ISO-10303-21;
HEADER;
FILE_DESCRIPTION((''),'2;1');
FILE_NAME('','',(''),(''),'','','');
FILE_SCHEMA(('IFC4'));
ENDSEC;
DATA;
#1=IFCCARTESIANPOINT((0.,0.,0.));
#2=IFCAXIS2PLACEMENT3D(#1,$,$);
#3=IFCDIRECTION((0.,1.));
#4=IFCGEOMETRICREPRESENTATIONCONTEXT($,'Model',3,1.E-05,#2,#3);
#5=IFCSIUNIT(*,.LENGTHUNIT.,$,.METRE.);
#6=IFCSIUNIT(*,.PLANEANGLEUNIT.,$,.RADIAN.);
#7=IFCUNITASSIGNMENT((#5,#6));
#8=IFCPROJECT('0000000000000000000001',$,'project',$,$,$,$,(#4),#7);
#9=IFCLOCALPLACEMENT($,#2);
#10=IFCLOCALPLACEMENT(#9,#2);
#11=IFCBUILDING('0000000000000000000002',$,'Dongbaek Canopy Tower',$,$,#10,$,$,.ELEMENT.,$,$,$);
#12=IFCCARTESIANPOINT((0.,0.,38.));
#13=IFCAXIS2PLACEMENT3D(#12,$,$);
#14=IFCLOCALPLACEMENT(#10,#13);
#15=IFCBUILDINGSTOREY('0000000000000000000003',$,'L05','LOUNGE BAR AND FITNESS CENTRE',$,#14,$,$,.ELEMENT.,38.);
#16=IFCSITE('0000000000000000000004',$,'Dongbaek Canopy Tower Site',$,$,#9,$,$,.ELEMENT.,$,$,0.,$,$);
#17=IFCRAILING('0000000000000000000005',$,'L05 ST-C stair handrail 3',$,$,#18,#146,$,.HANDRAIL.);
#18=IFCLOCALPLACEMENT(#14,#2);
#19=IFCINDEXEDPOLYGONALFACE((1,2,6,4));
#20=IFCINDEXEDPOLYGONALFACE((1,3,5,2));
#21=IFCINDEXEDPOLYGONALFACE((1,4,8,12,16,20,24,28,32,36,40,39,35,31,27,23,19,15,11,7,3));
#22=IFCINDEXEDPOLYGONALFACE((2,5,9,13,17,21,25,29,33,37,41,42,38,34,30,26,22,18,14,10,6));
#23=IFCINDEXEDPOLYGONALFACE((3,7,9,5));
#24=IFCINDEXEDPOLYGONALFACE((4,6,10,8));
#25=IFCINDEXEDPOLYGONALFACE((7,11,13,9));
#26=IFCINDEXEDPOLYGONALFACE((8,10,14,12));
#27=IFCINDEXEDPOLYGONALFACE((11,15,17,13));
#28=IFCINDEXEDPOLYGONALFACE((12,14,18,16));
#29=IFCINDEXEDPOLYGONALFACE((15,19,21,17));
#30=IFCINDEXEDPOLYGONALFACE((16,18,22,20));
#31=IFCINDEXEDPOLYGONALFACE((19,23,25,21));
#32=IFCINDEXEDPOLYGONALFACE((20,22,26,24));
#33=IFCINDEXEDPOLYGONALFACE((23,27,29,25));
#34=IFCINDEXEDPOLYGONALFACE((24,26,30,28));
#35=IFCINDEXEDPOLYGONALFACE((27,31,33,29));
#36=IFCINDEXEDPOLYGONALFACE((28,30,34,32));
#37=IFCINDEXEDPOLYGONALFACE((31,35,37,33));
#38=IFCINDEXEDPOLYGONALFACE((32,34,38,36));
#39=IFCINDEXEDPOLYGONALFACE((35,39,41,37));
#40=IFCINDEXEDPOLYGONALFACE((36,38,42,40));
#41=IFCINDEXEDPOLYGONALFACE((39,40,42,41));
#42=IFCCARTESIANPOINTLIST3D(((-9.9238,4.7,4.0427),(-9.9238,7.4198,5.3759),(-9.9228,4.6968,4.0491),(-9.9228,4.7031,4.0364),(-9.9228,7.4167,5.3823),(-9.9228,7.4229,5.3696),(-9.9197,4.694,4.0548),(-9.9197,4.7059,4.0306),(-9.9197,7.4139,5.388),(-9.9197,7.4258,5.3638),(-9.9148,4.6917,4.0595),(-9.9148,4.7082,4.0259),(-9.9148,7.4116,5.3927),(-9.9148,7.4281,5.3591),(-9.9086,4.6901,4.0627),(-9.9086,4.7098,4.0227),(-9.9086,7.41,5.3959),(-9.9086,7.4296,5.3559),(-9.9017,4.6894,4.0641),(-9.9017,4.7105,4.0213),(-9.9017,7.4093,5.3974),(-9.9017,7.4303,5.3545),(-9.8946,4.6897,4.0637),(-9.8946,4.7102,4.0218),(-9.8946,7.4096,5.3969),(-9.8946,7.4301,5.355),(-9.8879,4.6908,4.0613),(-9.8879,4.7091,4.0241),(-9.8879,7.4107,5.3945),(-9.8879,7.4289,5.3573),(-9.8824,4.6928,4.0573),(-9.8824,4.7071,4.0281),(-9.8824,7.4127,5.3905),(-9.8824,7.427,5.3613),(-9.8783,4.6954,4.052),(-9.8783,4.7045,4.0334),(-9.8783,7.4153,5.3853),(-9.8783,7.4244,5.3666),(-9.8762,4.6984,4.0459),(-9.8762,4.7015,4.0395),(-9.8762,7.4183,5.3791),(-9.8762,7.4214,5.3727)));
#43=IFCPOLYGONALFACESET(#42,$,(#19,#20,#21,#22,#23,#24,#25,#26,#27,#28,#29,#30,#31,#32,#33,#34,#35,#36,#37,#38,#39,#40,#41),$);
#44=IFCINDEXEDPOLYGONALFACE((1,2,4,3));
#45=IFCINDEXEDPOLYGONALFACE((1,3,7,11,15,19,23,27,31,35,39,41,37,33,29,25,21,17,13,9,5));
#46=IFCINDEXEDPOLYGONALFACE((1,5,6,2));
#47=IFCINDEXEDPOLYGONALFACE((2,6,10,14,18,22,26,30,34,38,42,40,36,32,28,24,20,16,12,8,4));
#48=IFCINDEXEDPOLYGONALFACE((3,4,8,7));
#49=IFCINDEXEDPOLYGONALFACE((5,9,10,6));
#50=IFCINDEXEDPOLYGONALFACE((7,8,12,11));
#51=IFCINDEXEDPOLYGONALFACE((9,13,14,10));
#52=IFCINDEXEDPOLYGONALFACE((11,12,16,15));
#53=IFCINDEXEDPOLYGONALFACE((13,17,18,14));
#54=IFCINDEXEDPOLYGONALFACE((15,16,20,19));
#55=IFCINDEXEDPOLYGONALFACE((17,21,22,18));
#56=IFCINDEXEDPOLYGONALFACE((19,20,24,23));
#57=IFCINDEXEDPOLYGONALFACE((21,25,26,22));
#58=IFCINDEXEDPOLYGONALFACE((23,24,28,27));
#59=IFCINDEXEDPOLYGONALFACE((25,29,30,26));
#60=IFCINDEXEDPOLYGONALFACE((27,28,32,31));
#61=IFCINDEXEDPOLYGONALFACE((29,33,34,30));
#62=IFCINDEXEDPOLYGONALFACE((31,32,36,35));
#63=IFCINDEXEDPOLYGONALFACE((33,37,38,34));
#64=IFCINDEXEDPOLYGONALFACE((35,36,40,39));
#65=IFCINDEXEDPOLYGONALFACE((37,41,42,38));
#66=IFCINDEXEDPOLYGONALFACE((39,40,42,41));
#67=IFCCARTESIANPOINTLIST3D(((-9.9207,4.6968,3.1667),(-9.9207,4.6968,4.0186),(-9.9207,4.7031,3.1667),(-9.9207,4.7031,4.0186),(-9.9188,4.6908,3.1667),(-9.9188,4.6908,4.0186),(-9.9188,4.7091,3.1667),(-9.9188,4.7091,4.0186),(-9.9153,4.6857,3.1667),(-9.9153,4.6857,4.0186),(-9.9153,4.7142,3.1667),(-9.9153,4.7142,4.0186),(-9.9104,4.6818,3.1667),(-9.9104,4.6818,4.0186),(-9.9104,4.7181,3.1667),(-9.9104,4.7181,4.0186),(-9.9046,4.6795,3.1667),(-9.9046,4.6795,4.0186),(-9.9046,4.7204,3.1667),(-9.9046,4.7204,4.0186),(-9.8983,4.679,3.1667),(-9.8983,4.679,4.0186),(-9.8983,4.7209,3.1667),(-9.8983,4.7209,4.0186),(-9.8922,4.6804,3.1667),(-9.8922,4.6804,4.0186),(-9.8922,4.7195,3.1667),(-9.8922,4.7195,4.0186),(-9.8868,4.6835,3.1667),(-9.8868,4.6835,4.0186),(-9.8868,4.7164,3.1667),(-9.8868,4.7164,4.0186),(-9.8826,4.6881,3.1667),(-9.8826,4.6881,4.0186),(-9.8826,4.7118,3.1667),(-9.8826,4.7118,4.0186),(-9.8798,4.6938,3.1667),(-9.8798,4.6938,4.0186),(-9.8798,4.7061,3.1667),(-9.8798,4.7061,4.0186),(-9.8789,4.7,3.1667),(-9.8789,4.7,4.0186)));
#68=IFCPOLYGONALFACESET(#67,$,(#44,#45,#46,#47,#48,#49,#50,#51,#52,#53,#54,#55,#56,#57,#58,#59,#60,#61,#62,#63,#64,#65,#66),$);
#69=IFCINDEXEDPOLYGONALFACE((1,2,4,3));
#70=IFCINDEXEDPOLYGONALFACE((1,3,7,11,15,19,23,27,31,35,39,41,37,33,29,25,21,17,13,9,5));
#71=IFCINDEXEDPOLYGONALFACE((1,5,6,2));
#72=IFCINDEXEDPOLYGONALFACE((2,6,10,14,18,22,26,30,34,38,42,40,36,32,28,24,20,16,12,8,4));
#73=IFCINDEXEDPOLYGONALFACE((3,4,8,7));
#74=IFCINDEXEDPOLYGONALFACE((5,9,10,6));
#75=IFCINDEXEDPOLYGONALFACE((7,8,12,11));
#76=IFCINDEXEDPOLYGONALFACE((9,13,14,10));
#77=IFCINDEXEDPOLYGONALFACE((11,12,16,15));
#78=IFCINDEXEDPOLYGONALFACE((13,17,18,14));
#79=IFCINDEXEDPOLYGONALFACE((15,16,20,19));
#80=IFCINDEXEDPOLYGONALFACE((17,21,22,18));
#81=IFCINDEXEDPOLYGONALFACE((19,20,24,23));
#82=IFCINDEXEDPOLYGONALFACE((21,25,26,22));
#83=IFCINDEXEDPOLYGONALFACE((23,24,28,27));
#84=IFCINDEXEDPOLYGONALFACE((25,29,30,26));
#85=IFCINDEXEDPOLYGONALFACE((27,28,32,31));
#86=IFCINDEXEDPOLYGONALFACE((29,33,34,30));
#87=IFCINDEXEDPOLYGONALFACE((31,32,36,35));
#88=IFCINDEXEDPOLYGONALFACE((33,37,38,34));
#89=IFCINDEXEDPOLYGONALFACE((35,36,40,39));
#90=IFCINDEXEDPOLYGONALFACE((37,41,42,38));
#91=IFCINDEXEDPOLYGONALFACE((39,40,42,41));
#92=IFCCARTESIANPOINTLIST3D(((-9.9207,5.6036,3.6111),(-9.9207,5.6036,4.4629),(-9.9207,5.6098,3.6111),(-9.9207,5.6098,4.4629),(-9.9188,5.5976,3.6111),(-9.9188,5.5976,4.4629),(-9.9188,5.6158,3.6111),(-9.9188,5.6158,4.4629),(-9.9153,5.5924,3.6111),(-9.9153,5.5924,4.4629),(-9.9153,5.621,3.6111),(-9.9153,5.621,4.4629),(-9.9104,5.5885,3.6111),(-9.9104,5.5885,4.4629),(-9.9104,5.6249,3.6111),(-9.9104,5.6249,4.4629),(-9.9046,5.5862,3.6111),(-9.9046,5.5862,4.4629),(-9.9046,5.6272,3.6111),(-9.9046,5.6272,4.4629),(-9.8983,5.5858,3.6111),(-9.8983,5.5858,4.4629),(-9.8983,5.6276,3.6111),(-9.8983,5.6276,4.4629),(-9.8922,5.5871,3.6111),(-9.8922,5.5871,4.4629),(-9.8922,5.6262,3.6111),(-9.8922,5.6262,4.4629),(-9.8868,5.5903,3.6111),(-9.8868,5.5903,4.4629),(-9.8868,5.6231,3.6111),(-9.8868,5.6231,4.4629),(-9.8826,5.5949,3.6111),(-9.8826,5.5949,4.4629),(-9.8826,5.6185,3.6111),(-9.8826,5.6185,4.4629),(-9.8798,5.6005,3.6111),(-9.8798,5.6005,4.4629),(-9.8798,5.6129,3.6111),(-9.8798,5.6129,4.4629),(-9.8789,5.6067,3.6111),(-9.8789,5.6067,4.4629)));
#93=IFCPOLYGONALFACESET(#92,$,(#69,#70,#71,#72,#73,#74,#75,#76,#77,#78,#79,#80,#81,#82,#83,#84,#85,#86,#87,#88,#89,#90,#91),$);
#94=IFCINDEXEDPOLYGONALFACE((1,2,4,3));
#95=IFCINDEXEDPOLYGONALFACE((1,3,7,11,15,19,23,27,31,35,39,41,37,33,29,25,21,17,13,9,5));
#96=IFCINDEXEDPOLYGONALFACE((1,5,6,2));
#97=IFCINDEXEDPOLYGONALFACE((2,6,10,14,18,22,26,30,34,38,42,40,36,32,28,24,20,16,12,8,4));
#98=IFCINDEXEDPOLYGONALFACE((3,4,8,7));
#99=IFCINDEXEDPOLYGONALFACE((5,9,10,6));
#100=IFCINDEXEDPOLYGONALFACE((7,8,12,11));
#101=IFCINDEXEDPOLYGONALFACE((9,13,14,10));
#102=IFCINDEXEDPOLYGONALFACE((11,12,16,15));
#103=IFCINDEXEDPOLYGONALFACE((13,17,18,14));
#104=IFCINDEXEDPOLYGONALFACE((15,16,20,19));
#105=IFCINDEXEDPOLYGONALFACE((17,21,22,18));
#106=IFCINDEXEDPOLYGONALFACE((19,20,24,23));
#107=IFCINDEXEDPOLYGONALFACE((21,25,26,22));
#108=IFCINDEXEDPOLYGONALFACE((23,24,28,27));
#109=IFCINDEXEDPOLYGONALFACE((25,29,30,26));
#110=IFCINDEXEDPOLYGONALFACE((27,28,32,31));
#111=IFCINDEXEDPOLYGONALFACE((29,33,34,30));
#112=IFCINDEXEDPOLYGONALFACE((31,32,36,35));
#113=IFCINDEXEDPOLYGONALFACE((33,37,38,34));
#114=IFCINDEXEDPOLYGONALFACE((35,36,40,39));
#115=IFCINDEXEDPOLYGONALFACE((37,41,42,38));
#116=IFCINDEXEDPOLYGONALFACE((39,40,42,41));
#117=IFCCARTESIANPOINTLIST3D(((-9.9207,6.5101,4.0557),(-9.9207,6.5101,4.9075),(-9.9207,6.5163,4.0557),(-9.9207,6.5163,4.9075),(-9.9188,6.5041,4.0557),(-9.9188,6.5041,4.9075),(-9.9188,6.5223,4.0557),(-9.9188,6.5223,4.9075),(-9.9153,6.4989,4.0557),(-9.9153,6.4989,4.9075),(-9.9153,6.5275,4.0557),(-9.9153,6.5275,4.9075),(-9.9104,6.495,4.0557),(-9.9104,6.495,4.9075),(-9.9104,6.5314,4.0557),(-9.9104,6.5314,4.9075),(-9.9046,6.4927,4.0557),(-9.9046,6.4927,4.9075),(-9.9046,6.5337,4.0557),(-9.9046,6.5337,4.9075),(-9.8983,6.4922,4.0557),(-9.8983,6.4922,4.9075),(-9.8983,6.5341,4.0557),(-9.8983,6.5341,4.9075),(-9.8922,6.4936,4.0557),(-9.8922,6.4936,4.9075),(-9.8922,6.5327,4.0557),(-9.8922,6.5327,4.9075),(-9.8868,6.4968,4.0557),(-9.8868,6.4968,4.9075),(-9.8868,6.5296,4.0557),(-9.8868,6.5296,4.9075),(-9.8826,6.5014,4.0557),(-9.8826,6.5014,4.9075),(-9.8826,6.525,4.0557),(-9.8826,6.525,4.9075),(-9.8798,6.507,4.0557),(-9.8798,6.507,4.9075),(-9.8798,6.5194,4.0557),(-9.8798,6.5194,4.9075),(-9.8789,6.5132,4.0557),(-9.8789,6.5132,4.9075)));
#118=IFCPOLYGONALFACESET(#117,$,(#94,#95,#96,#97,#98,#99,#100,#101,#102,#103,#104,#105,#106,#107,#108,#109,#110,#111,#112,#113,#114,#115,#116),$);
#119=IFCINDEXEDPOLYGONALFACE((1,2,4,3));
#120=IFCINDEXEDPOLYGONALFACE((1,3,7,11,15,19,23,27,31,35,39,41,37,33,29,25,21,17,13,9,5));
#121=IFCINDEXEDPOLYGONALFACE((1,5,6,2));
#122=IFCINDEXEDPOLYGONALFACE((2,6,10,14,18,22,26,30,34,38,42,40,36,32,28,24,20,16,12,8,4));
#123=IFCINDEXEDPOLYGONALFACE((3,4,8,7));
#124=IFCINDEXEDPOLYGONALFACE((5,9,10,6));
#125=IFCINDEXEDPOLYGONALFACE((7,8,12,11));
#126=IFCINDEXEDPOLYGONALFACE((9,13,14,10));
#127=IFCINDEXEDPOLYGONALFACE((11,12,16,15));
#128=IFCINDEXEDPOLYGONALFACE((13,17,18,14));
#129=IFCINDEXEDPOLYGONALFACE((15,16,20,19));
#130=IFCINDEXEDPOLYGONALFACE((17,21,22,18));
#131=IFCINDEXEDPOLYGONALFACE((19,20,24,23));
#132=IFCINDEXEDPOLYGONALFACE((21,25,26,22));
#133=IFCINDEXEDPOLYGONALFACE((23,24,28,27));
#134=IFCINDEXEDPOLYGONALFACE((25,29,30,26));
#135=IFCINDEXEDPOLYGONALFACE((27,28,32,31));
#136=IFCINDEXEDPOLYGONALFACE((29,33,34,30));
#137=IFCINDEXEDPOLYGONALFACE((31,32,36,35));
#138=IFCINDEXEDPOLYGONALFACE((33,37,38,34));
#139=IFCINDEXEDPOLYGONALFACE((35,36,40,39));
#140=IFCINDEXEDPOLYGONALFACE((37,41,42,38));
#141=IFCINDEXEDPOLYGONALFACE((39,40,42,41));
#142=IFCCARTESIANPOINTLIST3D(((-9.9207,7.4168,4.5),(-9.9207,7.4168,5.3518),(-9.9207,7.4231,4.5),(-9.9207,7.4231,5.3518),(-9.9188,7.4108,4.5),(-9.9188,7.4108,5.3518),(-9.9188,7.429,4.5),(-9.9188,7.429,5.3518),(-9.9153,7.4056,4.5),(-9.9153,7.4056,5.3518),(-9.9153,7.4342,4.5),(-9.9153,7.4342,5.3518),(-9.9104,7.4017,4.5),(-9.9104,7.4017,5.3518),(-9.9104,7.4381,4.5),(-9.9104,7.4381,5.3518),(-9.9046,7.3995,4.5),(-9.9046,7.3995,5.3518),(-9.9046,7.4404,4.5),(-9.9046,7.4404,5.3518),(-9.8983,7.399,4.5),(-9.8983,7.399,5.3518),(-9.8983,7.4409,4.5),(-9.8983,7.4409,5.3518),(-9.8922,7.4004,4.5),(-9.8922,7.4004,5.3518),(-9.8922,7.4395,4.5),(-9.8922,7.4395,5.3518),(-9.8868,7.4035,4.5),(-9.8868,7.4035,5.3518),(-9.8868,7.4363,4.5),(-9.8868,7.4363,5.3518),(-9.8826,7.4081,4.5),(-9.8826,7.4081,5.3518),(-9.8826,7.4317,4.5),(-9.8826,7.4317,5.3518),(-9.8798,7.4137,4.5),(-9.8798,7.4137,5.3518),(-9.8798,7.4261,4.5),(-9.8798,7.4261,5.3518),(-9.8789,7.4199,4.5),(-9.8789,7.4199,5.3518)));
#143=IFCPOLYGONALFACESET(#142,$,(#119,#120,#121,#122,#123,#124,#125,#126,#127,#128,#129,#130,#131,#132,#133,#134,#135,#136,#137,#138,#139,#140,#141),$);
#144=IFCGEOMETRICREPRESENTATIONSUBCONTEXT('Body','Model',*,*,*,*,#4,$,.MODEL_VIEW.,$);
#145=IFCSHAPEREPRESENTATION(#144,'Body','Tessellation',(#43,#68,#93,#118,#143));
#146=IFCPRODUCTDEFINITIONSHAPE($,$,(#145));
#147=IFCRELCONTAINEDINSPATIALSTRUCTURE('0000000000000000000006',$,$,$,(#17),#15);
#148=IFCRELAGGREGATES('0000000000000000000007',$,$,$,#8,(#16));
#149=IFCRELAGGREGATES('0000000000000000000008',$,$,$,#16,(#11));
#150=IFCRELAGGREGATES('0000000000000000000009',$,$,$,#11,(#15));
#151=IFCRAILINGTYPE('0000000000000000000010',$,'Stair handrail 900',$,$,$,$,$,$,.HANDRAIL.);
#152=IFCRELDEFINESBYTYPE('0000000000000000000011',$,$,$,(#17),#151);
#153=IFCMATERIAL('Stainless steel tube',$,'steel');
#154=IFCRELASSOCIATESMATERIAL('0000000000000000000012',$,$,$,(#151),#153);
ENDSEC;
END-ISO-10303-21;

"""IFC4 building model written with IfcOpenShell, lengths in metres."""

from ifc_helpers import new_model, si_unit, direction, frame, origin, origin_2d, place, context, subcontext, project, spatial, circle, extrude, material, type_object, element, save


model = new_model("IFC4")

# Units and contexts
model_context = context("Model", 3, precision=1e-05, world=origin(), true_north=direction((0.0, 1.0)))
body_context = subcontext(model_context, "Body", "Model", "MODEL_VIEW")
ifc_project = project(units=[si_unit("LENGTHUNIT", "METRE"), si_unit("PLANEANGLEUNIT", "RADIAN")], contexts=[model_context])

# Site, building, storey
site_placement = place(None, origin())
site = spatial("IfcSite", under=ifc_project, at=site_placement, Name="Dongbaek Canopy Tower Site", CompositionType="ELEMENT", RefElevation=0.0)
building_placement = place(site_placement, origin())
building = spatial("IfcBuilding", under=site, at=building_placement, Name="Dongbaek Canopy Tower", CompositionType="ELEMENT")
storey_placement = place(building_placement, frame((0.0, 0.0, 38.0)))
storey = spatial("IfcBuildingStorey", under=building, at=storey_placement, Name="L05", Description="LOUNGE BAR AND FITNESS CENTRE", CompositionType="ELEMENT", Elevation=38.0)

# Railing
ifc_material_1 = material(Name="Stainless steel tube", Category="steel")
railing_type_1 = type_object("IfcRailingType", Name="Stair handrail 900", PredefinedType="HANDRAIL", material=ifc_material_1)
for number, where, name in (
    (1, (-9.8999, 4.7, 3.1667), "L05 ST-C stair handrail 3"),
):
    element("IfcRailing", number, at=place(storey_placement, frame(where)), inside=storey, type_object=railing_type_1, Name=name, PredefinedType="HANDRAIL", context=body_context, shape_type="SweptSolid", body=[
        extrude(circle(Radius=0.0239, at=origin_2d()), frame((0.0, 0.0, 0.876), z_axis=(0.0, 0.897929, 0.440139), x_axis=(-1.0, 0.0, 0.0)), (0.0, 0.0, 1.0), 3.0291),
        extrude(circle(Radius=0.021, at=origin_2d()), origin(), (0.0, 0.0, 1.0), 0.8518),
        extrude(circle(Radius=0.021, at=origin_2d()), frame((0.0, 0.9067, 0.4443)), (0.0, 0.0, 1.0), 0.8518),
        extrude(circle(Radius=0.021, at=origin_2d()), frame((0.0, 1.8132, 0.8889)), (0.0, 0.0, 1.0), 0.8518),
        extrude(circle(Radius=0.021, at=origin_2d()), frame((0.0, 2.72, 1.3333)), (0.0, 0.0, 1.0), 0.8518),
    ])

save(model, "model.ifc")
